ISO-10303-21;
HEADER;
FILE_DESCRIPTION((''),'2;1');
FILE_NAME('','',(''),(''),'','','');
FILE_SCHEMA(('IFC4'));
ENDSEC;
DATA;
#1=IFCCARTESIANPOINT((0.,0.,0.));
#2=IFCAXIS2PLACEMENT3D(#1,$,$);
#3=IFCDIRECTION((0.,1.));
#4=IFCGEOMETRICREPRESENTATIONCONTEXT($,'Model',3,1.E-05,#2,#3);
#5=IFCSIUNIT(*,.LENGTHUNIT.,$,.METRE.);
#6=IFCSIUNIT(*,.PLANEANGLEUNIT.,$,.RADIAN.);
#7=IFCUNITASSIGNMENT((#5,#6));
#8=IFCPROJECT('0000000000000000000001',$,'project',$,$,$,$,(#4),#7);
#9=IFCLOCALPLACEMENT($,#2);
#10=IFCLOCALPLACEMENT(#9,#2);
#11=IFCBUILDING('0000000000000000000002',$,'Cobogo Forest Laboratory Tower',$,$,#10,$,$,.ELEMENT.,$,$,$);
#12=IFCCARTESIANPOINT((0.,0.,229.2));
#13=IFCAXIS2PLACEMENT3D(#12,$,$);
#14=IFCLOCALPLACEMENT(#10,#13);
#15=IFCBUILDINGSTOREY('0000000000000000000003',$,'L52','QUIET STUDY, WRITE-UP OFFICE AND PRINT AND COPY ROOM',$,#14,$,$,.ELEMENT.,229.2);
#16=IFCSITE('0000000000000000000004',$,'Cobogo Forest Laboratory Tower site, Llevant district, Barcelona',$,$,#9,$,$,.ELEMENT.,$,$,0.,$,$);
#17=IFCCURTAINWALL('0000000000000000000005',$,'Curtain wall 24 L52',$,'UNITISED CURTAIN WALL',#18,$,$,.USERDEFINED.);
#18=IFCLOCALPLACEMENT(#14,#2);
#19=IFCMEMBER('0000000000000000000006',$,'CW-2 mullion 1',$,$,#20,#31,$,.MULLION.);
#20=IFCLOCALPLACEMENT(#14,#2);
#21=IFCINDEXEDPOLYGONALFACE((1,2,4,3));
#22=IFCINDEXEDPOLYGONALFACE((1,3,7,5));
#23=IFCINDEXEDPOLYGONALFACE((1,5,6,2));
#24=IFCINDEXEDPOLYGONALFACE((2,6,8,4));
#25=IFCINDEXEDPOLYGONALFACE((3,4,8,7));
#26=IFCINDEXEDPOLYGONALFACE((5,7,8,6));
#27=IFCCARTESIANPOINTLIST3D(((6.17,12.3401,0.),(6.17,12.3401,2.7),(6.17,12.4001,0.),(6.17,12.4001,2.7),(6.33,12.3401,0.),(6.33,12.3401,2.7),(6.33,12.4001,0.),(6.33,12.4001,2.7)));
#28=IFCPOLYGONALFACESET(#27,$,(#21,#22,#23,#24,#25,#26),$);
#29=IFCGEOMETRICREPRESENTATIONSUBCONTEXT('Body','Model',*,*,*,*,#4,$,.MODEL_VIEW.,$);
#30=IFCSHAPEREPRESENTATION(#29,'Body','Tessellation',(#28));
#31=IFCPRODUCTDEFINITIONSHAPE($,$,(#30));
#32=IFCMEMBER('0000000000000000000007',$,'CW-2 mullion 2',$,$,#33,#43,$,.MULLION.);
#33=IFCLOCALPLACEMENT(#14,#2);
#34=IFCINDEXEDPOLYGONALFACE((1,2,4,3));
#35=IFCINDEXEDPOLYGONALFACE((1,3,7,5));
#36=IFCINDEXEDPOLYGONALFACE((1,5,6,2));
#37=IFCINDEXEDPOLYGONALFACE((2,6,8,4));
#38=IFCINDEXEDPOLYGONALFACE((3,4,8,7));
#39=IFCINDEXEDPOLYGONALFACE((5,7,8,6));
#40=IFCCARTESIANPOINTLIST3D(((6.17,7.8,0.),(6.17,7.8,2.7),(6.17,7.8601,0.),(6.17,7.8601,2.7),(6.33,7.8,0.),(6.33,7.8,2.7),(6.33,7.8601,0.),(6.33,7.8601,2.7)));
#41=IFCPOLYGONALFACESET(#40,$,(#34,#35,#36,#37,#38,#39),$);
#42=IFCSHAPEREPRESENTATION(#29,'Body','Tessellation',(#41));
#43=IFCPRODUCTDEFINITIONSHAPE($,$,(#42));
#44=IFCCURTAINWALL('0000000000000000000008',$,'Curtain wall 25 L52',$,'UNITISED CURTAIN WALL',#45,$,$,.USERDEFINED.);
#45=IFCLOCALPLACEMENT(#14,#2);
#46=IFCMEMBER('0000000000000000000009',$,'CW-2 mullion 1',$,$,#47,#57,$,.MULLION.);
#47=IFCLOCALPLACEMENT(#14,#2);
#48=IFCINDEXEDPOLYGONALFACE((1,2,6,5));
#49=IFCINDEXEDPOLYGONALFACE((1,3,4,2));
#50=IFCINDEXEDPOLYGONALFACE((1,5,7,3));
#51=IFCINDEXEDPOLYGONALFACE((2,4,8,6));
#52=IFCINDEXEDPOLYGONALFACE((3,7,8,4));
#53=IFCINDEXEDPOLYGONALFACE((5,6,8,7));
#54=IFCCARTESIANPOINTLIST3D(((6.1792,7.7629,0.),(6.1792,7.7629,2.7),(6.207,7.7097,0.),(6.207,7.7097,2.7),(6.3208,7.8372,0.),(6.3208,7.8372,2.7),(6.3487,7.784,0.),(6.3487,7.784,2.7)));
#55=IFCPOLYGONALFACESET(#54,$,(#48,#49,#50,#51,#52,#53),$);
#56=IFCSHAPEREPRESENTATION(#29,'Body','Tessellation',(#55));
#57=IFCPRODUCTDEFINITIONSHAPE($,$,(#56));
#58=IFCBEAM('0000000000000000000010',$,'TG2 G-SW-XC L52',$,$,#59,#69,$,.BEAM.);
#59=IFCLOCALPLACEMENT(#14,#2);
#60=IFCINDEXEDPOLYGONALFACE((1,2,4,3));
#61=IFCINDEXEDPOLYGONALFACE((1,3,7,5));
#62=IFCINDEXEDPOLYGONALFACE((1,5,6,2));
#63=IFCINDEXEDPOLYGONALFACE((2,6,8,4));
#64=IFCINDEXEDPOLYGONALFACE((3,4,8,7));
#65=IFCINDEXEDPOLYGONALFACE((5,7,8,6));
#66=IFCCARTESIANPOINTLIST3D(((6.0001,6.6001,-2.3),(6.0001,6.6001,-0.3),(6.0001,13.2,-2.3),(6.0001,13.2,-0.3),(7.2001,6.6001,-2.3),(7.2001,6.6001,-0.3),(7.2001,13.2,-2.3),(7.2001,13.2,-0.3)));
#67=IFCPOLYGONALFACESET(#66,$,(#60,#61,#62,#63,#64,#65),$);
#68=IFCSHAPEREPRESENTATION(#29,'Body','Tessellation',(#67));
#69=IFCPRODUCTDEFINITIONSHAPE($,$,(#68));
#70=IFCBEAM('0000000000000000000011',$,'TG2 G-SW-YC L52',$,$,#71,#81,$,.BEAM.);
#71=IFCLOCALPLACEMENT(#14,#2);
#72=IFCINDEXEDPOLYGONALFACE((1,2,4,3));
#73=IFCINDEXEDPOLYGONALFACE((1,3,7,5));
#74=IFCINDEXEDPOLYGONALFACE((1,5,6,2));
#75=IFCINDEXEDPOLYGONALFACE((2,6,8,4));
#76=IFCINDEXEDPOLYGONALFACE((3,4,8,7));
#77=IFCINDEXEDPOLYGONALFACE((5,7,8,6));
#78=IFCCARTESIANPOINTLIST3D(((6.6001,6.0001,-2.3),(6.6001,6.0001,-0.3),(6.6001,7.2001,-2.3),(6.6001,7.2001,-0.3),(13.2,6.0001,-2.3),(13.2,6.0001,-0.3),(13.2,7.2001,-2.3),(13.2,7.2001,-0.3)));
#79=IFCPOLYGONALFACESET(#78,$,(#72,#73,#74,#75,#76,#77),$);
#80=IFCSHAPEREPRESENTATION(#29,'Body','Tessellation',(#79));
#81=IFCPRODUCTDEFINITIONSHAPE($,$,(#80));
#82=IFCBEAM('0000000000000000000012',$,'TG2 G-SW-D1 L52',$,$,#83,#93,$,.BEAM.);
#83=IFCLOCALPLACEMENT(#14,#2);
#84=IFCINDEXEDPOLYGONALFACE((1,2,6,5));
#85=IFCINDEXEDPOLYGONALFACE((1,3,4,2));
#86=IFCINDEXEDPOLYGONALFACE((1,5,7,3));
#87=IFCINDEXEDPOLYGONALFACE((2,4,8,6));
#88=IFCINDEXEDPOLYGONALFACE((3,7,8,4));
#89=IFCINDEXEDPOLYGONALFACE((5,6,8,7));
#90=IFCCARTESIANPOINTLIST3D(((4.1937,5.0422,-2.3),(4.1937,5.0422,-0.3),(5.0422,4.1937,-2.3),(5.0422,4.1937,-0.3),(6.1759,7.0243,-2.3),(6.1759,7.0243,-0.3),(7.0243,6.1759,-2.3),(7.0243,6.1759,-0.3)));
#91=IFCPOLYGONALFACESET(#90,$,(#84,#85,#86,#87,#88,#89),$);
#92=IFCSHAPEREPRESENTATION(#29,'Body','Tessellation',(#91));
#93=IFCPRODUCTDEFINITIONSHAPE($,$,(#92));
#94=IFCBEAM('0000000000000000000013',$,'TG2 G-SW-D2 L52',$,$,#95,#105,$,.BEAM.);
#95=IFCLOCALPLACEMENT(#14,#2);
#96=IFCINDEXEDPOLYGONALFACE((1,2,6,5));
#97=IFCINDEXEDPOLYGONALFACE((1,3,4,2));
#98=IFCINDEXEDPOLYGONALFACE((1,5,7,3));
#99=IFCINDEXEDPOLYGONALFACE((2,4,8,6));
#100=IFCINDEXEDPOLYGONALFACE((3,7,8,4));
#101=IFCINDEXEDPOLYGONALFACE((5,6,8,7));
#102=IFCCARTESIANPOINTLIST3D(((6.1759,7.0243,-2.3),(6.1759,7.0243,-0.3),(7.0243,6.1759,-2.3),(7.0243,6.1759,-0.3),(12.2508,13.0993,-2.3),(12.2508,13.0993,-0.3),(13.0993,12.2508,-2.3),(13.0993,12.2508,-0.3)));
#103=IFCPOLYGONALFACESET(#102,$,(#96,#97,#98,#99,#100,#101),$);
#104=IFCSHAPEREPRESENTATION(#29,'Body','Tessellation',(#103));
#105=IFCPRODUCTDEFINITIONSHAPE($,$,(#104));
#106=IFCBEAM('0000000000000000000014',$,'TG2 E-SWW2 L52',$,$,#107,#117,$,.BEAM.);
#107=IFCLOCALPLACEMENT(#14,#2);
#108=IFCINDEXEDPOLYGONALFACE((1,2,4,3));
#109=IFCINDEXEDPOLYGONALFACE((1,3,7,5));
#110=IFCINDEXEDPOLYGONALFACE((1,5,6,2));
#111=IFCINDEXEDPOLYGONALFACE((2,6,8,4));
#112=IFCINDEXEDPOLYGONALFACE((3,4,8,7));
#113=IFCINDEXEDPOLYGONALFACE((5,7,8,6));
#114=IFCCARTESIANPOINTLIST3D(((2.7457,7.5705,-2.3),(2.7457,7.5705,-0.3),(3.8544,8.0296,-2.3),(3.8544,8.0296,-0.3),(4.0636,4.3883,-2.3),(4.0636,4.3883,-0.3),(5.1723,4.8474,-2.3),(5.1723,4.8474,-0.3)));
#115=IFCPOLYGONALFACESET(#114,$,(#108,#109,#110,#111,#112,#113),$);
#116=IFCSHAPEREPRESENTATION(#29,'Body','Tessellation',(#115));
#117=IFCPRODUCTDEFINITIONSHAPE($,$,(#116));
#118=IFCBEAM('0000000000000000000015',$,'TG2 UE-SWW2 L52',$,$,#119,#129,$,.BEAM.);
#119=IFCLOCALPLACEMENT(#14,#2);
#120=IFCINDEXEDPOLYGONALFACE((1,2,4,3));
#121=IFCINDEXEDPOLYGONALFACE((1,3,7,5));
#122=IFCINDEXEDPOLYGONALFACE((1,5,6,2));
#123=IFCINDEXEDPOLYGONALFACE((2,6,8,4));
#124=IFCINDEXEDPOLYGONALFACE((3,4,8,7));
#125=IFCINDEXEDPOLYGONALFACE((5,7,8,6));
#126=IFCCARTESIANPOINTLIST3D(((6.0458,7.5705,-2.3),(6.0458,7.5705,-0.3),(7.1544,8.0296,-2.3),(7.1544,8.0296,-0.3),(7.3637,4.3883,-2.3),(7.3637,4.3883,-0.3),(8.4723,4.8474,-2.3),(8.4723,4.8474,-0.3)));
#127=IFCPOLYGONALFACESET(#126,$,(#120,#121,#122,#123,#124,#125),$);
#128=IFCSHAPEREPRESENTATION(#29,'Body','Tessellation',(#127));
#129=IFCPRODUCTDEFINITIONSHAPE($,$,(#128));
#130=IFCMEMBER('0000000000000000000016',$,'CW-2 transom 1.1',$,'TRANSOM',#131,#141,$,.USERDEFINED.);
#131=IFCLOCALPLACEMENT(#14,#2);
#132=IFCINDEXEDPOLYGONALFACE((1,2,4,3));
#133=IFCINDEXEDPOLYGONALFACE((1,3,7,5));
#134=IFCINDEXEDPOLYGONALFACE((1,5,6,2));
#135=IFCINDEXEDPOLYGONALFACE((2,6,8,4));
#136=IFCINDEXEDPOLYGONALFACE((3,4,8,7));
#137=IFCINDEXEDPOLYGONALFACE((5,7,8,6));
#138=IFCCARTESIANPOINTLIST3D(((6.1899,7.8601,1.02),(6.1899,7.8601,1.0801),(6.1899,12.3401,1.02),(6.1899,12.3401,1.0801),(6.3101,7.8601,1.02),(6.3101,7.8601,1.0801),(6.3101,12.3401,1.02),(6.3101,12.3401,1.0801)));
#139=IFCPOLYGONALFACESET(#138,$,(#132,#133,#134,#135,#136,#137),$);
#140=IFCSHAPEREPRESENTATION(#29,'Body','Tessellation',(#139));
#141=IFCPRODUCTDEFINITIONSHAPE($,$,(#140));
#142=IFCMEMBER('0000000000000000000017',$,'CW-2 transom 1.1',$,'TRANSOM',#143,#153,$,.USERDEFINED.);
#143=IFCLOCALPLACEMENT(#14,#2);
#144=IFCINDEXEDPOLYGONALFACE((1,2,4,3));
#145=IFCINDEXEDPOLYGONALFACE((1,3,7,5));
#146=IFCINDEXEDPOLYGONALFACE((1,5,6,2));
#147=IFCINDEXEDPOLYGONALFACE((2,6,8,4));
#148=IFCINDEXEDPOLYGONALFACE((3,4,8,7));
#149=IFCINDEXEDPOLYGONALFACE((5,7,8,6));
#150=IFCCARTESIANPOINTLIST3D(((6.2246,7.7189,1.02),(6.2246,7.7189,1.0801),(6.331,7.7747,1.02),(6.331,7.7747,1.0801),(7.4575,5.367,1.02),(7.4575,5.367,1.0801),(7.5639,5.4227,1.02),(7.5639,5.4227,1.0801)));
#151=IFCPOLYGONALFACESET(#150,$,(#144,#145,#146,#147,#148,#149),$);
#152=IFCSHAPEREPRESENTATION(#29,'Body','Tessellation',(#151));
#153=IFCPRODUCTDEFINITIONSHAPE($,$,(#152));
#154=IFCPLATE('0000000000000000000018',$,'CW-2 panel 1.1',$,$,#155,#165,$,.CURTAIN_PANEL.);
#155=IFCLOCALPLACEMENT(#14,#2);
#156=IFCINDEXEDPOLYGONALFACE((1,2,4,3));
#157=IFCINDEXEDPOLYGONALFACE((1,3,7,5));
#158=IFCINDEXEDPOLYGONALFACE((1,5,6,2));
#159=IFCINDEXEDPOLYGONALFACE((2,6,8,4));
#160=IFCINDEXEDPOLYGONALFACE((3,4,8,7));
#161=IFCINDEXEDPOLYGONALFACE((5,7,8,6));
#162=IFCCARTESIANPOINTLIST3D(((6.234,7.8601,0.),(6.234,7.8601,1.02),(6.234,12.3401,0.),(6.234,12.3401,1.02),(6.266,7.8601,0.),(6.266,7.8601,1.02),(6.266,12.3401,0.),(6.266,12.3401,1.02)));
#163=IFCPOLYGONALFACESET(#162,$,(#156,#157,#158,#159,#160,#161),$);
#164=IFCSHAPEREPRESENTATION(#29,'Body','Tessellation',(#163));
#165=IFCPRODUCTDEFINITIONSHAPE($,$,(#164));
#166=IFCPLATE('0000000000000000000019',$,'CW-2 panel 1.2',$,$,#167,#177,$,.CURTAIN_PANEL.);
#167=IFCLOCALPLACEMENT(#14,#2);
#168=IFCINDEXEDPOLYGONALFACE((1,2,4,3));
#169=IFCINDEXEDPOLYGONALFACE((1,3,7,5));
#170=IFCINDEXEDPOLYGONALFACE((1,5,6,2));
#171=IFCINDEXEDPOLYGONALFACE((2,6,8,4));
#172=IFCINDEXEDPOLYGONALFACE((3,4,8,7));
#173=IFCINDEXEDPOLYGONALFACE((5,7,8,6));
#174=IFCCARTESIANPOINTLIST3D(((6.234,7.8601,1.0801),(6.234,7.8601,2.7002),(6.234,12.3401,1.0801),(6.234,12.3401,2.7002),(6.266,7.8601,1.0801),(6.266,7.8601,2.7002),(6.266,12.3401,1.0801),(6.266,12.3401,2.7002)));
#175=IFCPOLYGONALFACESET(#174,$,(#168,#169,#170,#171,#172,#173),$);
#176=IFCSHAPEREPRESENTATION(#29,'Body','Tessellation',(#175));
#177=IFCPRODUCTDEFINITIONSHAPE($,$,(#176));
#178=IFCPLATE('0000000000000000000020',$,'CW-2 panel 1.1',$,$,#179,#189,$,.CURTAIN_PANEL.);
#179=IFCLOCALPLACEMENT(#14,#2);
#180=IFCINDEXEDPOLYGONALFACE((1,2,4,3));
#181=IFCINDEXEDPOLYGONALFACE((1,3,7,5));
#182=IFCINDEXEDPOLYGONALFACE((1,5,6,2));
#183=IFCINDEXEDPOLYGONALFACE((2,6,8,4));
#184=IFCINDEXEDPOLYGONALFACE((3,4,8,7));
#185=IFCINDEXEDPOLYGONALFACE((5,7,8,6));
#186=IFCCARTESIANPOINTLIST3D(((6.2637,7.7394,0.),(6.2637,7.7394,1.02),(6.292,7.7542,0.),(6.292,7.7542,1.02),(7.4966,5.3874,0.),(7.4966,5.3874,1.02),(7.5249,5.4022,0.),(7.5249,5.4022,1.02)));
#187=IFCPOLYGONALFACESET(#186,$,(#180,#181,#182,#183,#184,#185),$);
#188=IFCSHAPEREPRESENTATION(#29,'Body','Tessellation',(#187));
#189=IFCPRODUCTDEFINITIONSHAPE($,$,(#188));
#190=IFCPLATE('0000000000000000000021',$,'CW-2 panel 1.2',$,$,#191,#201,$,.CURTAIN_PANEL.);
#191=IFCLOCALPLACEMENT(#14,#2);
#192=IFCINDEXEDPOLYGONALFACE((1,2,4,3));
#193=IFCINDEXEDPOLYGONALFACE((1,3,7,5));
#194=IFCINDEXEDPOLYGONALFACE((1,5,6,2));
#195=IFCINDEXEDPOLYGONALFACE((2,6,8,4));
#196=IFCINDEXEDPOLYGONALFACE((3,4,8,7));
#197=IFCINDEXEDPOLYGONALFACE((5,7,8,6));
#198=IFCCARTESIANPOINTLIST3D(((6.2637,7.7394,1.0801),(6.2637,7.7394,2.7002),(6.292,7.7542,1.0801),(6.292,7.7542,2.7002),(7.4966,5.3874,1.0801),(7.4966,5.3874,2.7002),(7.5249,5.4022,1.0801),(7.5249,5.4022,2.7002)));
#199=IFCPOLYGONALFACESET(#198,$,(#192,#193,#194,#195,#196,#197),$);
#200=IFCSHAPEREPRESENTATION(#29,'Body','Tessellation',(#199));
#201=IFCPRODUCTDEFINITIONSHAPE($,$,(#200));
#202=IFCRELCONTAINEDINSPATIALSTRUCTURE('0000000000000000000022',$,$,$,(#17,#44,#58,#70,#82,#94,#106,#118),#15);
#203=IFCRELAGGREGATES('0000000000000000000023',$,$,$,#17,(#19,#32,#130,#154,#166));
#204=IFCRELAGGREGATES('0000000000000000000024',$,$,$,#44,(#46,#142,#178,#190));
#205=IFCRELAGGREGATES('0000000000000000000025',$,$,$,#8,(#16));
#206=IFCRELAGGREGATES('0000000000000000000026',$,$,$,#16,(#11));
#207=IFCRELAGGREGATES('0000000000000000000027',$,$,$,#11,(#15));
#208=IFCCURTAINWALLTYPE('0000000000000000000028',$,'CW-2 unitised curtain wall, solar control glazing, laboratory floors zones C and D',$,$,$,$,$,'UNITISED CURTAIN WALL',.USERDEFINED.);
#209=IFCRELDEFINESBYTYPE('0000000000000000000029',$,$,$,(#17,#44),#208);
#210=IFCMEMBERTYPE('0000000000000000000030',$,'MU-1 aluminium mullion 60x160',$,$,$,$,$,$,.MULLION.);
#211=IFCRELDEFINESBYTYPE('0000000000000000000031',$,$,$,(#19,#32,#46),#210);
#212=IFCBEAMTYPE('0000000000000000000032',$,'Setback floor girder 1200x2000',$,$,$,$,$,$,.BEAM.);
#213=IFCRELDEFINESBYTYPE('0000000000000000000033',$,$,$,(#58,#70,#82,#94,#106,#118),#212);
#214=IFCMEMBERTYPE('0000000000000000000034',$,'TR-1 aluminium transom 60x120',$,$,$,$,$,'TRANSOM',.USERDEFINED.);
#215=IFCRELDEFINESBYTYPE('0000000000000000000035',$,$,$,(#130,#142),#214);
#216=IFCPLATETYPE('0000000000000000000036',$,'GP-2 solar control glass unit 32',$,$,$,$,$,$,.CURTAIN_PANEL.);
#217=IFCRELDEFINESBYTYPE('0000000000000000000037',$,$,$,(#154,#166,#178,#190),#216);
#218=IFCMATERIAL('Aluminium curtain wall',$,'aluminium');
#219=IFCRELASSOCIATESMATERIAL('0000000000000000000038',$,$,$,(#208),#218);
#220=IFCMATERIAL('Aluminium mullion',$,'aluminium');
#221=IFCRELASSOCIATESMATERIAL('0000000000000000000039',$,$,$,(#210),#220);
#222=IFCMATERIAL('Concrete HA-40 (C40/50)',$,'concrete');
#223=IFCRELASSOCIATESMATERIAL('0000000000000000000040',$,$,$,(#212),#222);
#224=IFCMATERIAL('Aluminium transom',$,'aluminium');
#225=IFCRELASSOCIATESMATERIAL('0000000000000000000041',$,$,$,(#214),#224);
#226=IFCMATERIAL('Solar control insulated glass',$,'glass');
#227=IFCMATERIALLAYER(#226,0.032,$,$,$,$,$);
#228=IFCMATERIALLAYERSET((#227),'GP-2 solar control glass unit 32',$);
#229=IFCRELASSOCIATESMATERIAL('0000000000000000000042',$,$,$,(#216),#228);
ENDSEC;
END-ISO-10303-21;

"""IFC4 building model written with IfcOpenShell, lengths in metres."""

from ifc_helpers import new_model, si_unit, direction, frame, origin, origin_2d, place, context, subcontext, project, spatial, rectangle, extrude, material, layer, layer_set, material_profile, profile_set, type_object, element, aggregate, save


model = new_model("IFC4")

# Units and contexts
model_context = context("Model", 3, precision=1e-05, world=origin(), true_north=direction((0.0, 1.0)))
body_context = subcontext(model_context, "Body", "Model", "MODEL_VIEW")
ifc_project = project(units=[si_unit("LENGTHUNIT", "METRE"), si_unit("PLANEANGLEUNIT", "RADIAN")], contexts=[model_context])

# Site, building, storey
site_placement = place(None, origin())
site = spatial("IfcSite", under=ifc_project, at=site_placement, Name="Cobogo Forest Laboratory Tower site, Llevant district, Barcelona", CompositionType="ELEMENT", RefElevation=0.0)
building_placement = place(site_placement, origin())
building = spatial("IfcBuilding", under=site, at=building_placement, Name="Cobogo Forest Laboratory Tower", CompositionType="ELEMENT")
storey_placement = place(building_placement, frame((0.0, 0.0, 229.2)))
storey = spatial("IfcBuildingStorey", under=building, at=storey_placement, Name="L52", Description="QUIET STUDY, WRITE-UP OFFICE AND PRINT AND COPY ROOM", CompositionType="ELEMENT", Elevation=229.2)

# Curtain wall, members
ifc_material_1 = material(Name="Aluminium curtain wall", Category="aluminium")
curtain_wall_type = type_object("IfcCurtainWallType", Name="CW-2 unitised curtain wall, solar control glazing, laboratory floors zones C and D", ElementType="UNITISED CURTAIN WALL", PredefinedType="USERDEFINED", material=ifc_material_1)
curtain_wall_1_placement = place(storey_placement, origin())
curtain_wall_1 = element("IfcCurtainWall", 1, at=curtain_wall_1_placement, inside=storey, type_object=curtain_wall_type, Name="Curtain wall 24 L52", ObjectType="UNITISED CURTAIN WALL", PredefinedType="USERDEFINED")
ifc_material_2 = material(Name="Aluminium mullion", Category="aluminium")
ifc_material_profile_1 = material_profile(ifc_material_2, rectangle(XDim=0.0601, YDim=0.1599, at=origin_2d()), Name="AL 60x160")
ifc_profile_set_1 = profile_set([ifc_material_profile_1], Name="Aluminium mullion")
member_type_1 = type_object("IfcMemberType", Name="MU-1 aluminium mullion 60x160", PredefinedType="MULLION", material=ifc_profile_set_1)
member_1_placement = place(storey_placement, frame((6.25, 12.3701, 0.0), z_axis=(0.0, 0.0, 1.0), x_axis=(0.0, -1.0, 0.0)))
member_1 = element("IfcMember", 2, at=member_1_placement, type_object=member_type_1, Name="CW-2 mullion 1", PredefinedType="MULLION", context=body_context, shape_type="SweptSolid", body=[
    extrude(rectangle(XDim=0.0601, YDim=0.1599, at=origin_2d()), origin(), (0.0, 0.0, 1.0), 2.7),
])
member_2_placement = place(storey_placement, frame((6.25, 7.8301, 0.0), z_axis=(0.0, 0.0, 1.0), x_axis=(0.0, -1.0, 0.0)))
member_2 = element("IfcMember", 3, at=member_2_placement, type_object=member_type_1, Name="CW-2 mullion 2", PredefinedType="MULLION", context=body_context, shape_type="SweptSolid", body=[
    extrude(rectangle(XDim=0.0601, YDim=0.1599, at=origin_2d()), origin(), (0.0, 0.0, 1.0), 2.7),
])

# Curtain wall, member
curtain_wall_2_placement = place(storey_placement, origin())
curtain_wall_2 = element("IfcCurtainWall", 4, at=curtain_wall_2_placement, inside=storey, type_object=curtain_wall_type, Name="Curtain wall 25 L52", ObjectType="UNITISED CURTAIN WALL", PredefinedType="USERDEFINED")
member_3_placement = place(storey_placement, frame((6.2639, 7.7734, 0.0), z_axis=(0.0, 0.0, 1.0), x_axis=(0.464284, -0.885687, 0.0)))
member_3 = element("IfcMember", 5, at=member_3_placement, type_object=member_type_1, Name="CW-2 mullion 1", PredefinedType="MULLION", context=body_context, shape_type="SweptSolid", body=[
    extrude(rectangle(XDim=0.0601, YDim=0.1599, at=origin_2d()), origin(), (0.0, 0.0, 1.0), 2.7),
])

# Beams
ifc_material_3 = material(Name="Concrete HA-40 (C40/50)", Category="concrete")
ifc_material_profile_2 = material_profile(ifc_material_3, rectangle(XDim=1.2, YDim=2.0, at=origin_2d()), Name="RC 1200x2000")
ifc_profile_set_2 = profile_set([ifc_material_profile_2], Name="Concrete HA-40 (C40/50)")
beam_type = type_object("IfcBeamType", Name="Setback floor girder 1200x2000", PredefinedType="BEAM", material=ifc_profile_set_2)
for number, where, z_axis, x_axis, name in (
    (6, (6.6001, 6.6001, -1.3), (0.0, 1.0, 0.0), (-1.0, 0.0, 0.0), "TG2 G-SW-XC L52"),
    (7, (6.6001, 6.6001, -1.3), (1.0, 0.0, 0.0), (0.0, 1.0, 0.0), "TG2 G-SW-YC L52"),
):
    element("IfcBeam", number, at=place(storey_placement, frame(where, z_axis=z_axis, x_axis=x_axis)), inside=storey, type_object=beam_type, Name=name, PredefinedType="BEAM", context=body_context, shape_type="SweptSolid", body=[
        extrude(rectangle(XDim=1.2, YDim=2.0, at=origin_2d()), origin(), (0.0, 0.0, 1.0), 6.5999),
    ])
beam_1_placement = place(storey_placement, frame((4.6179, 4.6179, -1.3), z_axis=(0.707107, 0.707107, 0.0), x_axis=(-0.707107, 0.707107, 0.0)))
element("IfcBeam", 8, at=beam_1_placement, inside=storey, type_object=beam_type, Name="TG2 G-SW-D1 L52", PredefinedType="BEAM", context=body_context, shape_type="SweptSolid", body=[
    extrude(rectangle(XDim=1.2, YDim=2.0, at=origin_2d()), origin(), (0.0, 0.0, 1.0), 2.8032),
])
beam_2_placement = place(storey_placement, frame((6.6001, 6.6001, -1.3), z_axis=(0.707107, 0.707107, 0.0), x_axis=(-0.707107, 0.707107, 0.0)))
element("IfcBeam", 9, at=beam_2_placement, inside=storey, type_object=beam_type, Name="TG2 G-SW-D2 L52", PredefinedType="BEAM", context=body_context, shape_type="SweptSolid", body=[
    extrude(rectangle(XDim=1.2, YDim=2.0, at=origin_2d()), origin(), (0.0, 0.0, 1.0), 8.5913),
])
for number, where, z_axis, x_axis, name in (
    (10, (3.3, 7.8, -1.3), (0.382631, -0.923901, 0.0), (0.923901, 0.382631, 0.0), "TG2 E-SWW2 L52"),
    (11, (6.6001, 7.8, -1.3), (0.382631, -0.923901, 0.0), (0.923901, 0.382631, 0.0), "TG2 UE-SWW2 L52"),
):
    element("IfcBeam", number, at=place(storey_placement, frame(where, z_axis=z_axis, x_axis=x_axis)), inside=storey, type_object=beam_type, Name=name, PredefinedType="BEAM", context=body_context, shape_type="SweptSolid", body=[
        extrude(rectangle(XDim=1.2, YDim=2.0, at=origin_2d()), origin(), (0.0, 0.0, 1.0), 3.4443),
    ])

# Members
ifc_material_4 = material(Name="Aluminium transom", Category="aluminium")
ifc_material_profile_3 = material_profile(ifc_material_4, rectangle(XDim=0.1201, YDim=0.0601, at=origin_2d()), Name="AL 60x120")
ifc_profile_set_3 = profile_set([ifc_material_profile_3], Name="Aluminium transom")
member_type_2 = type_object("IfcMemberType", Name="TR-1 aluminium transom 60x120", ElementType="TRANSOM", PredefinedType="USERDEFINED", material=ifc_profile_set_3)
member_4_placement = place(storey_placement, frame((6.25, 12.3401, 1.05), z_axis=(0.0, -1.0, 0.0), x_axis=(1.0, 0.0, 0.0)))
member_4 = element("IfcMember", 12, at=member_4_placement, type_object=member_type_2, Name="CW-2 transom 1.1", ObjectType="TRANSOM", PredefinedType="USERDEFINED", context=body_context, shape_type="SweptSolid", body=[
    extrude(rectangle(XDim=0.1201, YDim=0.0601, at=origin_2d()), origin(), (0.0, 0.0, 1.0), 4.48),
])
member_5_placement = place(storey_placement, frame((6.2778, 7.7468, 1.05), z_axis=(0.464268, -0.885695, 0.0), x_axis=(0.885695, 0.464268, 0.0)))
member_5 = element("IfcMember", 13, at=member_5_placement, type_object=member_type_2, Name="CW-2 transom 1.1", ObjectType="TRANSOM", PredefinedType="USERDEFINED", context=body_context, shape_type="SweptSolid", body=[
    extrude(rectangle(XDim=0.1201, YDim=0.0601, at=origin_2d()), origin(), (0.0, 0.0, 1.0), 2.6555),
])

# Plates
ifc_material_5 = material(Name="Solar control insulated glass", Category="glass")
ifc_layer_1 = layer(ifc_material_5, 0.032)
ifc_layer_set_1 = layer_set([ifc_layer_1], Name="GP-2 solar control glass unit 32")
plate_type = type_object("IfcPlateType", Name="GP-2 solar control glass unit 32", PredefinedType="CURTAIN_PANEL", material=ifc_layer_set_1)
plate_1_placement = place(storey_placement, frame((6.25, 10.1001, 0.0), z_axis=(0.0, 0.0, 1.0), x_axis=(0.0, -1.0, 0.0)))
plate_1 = element("IfcPlate", 14, at=plate_1_placement, type_object=plate_type, Name="CW-2 panel 1.1", PredefinedType="CURTAIN_PANEL", context=body_context, shape_type="SweptSolid", body=[
    extrude(rectangle(XDim=4.48, YDim=0.032, at=origin_2d()), origin(), (0.0, 0.0, 1.0), 1.02),
])
plate_2_placement = place(storey_placement, frame((6.25, 10.1001, 1.0801), z_axis=(0.0, 0.0, 1.0), x_axis=(0.0, -1.0, 0.0)))
plate_2 = element("IfcPlate", 15, at=plate_2_placement, type_object=plate_type, Name="CW-2 panel 1.2", PredefinedType="CURTAIN_PANEL", context=body_context, shape_type="SweptSolid", body=[
    extrude(rectangle(XDim=4.48, YDim=0.032, at=origin_2d()), origin(), (0.0, 0.0, 1.0), 1.6201),
])
aggregate(curtain_wall_1, [member_1, member_2, member_4, plate_1, plate_2])
plate_3_placement = place(storey_placement, frame((6.8943, 6.5708, 0.0), z_axis=(0.0, 0.0, 1.0), x_axis=(0.464284, -0.885687, 0.0)))
plate_3 = element("IfcPlate", 16, at=plate_3_placement, type_object=plate_type, Name="CW-2 panel 1.1", PredefinedType="CURTAIN_PANEL", context=body_context, shape_type="SweptSolid", body=[
    extrude(rectangle(XDim=2.6555, YDim=0.032, at=origin_2d()), origin(), (0.0, 0.0, 1.0), 1.02),
])
plate_4_placement = place(storey_placement, frame((6.8943, 6.5708, 1.0801), z_axis=(0.0, 0.0, 1.0), x_axis=(0.464284, -0.885687, 0.0)))
plate_4 = element("IfcPlate", 17, at=plate_4_placement, type_object=plate_type, Name="CW-2 panel 1.2", PredefinedType="CURTAIN_PANEL", context=body_context, shape_type="SweptSolid", body=[
    extrude(rectangle(XDim=2.6555, YDim=0.032, at=origin_2d()), origin(), (0.0, 0.0, 1.0), 1.6201),
])
aggregate(curtain_wall_2, [member_3, member_5, plate_3, plate_4])

save(model, "model.ifc")
